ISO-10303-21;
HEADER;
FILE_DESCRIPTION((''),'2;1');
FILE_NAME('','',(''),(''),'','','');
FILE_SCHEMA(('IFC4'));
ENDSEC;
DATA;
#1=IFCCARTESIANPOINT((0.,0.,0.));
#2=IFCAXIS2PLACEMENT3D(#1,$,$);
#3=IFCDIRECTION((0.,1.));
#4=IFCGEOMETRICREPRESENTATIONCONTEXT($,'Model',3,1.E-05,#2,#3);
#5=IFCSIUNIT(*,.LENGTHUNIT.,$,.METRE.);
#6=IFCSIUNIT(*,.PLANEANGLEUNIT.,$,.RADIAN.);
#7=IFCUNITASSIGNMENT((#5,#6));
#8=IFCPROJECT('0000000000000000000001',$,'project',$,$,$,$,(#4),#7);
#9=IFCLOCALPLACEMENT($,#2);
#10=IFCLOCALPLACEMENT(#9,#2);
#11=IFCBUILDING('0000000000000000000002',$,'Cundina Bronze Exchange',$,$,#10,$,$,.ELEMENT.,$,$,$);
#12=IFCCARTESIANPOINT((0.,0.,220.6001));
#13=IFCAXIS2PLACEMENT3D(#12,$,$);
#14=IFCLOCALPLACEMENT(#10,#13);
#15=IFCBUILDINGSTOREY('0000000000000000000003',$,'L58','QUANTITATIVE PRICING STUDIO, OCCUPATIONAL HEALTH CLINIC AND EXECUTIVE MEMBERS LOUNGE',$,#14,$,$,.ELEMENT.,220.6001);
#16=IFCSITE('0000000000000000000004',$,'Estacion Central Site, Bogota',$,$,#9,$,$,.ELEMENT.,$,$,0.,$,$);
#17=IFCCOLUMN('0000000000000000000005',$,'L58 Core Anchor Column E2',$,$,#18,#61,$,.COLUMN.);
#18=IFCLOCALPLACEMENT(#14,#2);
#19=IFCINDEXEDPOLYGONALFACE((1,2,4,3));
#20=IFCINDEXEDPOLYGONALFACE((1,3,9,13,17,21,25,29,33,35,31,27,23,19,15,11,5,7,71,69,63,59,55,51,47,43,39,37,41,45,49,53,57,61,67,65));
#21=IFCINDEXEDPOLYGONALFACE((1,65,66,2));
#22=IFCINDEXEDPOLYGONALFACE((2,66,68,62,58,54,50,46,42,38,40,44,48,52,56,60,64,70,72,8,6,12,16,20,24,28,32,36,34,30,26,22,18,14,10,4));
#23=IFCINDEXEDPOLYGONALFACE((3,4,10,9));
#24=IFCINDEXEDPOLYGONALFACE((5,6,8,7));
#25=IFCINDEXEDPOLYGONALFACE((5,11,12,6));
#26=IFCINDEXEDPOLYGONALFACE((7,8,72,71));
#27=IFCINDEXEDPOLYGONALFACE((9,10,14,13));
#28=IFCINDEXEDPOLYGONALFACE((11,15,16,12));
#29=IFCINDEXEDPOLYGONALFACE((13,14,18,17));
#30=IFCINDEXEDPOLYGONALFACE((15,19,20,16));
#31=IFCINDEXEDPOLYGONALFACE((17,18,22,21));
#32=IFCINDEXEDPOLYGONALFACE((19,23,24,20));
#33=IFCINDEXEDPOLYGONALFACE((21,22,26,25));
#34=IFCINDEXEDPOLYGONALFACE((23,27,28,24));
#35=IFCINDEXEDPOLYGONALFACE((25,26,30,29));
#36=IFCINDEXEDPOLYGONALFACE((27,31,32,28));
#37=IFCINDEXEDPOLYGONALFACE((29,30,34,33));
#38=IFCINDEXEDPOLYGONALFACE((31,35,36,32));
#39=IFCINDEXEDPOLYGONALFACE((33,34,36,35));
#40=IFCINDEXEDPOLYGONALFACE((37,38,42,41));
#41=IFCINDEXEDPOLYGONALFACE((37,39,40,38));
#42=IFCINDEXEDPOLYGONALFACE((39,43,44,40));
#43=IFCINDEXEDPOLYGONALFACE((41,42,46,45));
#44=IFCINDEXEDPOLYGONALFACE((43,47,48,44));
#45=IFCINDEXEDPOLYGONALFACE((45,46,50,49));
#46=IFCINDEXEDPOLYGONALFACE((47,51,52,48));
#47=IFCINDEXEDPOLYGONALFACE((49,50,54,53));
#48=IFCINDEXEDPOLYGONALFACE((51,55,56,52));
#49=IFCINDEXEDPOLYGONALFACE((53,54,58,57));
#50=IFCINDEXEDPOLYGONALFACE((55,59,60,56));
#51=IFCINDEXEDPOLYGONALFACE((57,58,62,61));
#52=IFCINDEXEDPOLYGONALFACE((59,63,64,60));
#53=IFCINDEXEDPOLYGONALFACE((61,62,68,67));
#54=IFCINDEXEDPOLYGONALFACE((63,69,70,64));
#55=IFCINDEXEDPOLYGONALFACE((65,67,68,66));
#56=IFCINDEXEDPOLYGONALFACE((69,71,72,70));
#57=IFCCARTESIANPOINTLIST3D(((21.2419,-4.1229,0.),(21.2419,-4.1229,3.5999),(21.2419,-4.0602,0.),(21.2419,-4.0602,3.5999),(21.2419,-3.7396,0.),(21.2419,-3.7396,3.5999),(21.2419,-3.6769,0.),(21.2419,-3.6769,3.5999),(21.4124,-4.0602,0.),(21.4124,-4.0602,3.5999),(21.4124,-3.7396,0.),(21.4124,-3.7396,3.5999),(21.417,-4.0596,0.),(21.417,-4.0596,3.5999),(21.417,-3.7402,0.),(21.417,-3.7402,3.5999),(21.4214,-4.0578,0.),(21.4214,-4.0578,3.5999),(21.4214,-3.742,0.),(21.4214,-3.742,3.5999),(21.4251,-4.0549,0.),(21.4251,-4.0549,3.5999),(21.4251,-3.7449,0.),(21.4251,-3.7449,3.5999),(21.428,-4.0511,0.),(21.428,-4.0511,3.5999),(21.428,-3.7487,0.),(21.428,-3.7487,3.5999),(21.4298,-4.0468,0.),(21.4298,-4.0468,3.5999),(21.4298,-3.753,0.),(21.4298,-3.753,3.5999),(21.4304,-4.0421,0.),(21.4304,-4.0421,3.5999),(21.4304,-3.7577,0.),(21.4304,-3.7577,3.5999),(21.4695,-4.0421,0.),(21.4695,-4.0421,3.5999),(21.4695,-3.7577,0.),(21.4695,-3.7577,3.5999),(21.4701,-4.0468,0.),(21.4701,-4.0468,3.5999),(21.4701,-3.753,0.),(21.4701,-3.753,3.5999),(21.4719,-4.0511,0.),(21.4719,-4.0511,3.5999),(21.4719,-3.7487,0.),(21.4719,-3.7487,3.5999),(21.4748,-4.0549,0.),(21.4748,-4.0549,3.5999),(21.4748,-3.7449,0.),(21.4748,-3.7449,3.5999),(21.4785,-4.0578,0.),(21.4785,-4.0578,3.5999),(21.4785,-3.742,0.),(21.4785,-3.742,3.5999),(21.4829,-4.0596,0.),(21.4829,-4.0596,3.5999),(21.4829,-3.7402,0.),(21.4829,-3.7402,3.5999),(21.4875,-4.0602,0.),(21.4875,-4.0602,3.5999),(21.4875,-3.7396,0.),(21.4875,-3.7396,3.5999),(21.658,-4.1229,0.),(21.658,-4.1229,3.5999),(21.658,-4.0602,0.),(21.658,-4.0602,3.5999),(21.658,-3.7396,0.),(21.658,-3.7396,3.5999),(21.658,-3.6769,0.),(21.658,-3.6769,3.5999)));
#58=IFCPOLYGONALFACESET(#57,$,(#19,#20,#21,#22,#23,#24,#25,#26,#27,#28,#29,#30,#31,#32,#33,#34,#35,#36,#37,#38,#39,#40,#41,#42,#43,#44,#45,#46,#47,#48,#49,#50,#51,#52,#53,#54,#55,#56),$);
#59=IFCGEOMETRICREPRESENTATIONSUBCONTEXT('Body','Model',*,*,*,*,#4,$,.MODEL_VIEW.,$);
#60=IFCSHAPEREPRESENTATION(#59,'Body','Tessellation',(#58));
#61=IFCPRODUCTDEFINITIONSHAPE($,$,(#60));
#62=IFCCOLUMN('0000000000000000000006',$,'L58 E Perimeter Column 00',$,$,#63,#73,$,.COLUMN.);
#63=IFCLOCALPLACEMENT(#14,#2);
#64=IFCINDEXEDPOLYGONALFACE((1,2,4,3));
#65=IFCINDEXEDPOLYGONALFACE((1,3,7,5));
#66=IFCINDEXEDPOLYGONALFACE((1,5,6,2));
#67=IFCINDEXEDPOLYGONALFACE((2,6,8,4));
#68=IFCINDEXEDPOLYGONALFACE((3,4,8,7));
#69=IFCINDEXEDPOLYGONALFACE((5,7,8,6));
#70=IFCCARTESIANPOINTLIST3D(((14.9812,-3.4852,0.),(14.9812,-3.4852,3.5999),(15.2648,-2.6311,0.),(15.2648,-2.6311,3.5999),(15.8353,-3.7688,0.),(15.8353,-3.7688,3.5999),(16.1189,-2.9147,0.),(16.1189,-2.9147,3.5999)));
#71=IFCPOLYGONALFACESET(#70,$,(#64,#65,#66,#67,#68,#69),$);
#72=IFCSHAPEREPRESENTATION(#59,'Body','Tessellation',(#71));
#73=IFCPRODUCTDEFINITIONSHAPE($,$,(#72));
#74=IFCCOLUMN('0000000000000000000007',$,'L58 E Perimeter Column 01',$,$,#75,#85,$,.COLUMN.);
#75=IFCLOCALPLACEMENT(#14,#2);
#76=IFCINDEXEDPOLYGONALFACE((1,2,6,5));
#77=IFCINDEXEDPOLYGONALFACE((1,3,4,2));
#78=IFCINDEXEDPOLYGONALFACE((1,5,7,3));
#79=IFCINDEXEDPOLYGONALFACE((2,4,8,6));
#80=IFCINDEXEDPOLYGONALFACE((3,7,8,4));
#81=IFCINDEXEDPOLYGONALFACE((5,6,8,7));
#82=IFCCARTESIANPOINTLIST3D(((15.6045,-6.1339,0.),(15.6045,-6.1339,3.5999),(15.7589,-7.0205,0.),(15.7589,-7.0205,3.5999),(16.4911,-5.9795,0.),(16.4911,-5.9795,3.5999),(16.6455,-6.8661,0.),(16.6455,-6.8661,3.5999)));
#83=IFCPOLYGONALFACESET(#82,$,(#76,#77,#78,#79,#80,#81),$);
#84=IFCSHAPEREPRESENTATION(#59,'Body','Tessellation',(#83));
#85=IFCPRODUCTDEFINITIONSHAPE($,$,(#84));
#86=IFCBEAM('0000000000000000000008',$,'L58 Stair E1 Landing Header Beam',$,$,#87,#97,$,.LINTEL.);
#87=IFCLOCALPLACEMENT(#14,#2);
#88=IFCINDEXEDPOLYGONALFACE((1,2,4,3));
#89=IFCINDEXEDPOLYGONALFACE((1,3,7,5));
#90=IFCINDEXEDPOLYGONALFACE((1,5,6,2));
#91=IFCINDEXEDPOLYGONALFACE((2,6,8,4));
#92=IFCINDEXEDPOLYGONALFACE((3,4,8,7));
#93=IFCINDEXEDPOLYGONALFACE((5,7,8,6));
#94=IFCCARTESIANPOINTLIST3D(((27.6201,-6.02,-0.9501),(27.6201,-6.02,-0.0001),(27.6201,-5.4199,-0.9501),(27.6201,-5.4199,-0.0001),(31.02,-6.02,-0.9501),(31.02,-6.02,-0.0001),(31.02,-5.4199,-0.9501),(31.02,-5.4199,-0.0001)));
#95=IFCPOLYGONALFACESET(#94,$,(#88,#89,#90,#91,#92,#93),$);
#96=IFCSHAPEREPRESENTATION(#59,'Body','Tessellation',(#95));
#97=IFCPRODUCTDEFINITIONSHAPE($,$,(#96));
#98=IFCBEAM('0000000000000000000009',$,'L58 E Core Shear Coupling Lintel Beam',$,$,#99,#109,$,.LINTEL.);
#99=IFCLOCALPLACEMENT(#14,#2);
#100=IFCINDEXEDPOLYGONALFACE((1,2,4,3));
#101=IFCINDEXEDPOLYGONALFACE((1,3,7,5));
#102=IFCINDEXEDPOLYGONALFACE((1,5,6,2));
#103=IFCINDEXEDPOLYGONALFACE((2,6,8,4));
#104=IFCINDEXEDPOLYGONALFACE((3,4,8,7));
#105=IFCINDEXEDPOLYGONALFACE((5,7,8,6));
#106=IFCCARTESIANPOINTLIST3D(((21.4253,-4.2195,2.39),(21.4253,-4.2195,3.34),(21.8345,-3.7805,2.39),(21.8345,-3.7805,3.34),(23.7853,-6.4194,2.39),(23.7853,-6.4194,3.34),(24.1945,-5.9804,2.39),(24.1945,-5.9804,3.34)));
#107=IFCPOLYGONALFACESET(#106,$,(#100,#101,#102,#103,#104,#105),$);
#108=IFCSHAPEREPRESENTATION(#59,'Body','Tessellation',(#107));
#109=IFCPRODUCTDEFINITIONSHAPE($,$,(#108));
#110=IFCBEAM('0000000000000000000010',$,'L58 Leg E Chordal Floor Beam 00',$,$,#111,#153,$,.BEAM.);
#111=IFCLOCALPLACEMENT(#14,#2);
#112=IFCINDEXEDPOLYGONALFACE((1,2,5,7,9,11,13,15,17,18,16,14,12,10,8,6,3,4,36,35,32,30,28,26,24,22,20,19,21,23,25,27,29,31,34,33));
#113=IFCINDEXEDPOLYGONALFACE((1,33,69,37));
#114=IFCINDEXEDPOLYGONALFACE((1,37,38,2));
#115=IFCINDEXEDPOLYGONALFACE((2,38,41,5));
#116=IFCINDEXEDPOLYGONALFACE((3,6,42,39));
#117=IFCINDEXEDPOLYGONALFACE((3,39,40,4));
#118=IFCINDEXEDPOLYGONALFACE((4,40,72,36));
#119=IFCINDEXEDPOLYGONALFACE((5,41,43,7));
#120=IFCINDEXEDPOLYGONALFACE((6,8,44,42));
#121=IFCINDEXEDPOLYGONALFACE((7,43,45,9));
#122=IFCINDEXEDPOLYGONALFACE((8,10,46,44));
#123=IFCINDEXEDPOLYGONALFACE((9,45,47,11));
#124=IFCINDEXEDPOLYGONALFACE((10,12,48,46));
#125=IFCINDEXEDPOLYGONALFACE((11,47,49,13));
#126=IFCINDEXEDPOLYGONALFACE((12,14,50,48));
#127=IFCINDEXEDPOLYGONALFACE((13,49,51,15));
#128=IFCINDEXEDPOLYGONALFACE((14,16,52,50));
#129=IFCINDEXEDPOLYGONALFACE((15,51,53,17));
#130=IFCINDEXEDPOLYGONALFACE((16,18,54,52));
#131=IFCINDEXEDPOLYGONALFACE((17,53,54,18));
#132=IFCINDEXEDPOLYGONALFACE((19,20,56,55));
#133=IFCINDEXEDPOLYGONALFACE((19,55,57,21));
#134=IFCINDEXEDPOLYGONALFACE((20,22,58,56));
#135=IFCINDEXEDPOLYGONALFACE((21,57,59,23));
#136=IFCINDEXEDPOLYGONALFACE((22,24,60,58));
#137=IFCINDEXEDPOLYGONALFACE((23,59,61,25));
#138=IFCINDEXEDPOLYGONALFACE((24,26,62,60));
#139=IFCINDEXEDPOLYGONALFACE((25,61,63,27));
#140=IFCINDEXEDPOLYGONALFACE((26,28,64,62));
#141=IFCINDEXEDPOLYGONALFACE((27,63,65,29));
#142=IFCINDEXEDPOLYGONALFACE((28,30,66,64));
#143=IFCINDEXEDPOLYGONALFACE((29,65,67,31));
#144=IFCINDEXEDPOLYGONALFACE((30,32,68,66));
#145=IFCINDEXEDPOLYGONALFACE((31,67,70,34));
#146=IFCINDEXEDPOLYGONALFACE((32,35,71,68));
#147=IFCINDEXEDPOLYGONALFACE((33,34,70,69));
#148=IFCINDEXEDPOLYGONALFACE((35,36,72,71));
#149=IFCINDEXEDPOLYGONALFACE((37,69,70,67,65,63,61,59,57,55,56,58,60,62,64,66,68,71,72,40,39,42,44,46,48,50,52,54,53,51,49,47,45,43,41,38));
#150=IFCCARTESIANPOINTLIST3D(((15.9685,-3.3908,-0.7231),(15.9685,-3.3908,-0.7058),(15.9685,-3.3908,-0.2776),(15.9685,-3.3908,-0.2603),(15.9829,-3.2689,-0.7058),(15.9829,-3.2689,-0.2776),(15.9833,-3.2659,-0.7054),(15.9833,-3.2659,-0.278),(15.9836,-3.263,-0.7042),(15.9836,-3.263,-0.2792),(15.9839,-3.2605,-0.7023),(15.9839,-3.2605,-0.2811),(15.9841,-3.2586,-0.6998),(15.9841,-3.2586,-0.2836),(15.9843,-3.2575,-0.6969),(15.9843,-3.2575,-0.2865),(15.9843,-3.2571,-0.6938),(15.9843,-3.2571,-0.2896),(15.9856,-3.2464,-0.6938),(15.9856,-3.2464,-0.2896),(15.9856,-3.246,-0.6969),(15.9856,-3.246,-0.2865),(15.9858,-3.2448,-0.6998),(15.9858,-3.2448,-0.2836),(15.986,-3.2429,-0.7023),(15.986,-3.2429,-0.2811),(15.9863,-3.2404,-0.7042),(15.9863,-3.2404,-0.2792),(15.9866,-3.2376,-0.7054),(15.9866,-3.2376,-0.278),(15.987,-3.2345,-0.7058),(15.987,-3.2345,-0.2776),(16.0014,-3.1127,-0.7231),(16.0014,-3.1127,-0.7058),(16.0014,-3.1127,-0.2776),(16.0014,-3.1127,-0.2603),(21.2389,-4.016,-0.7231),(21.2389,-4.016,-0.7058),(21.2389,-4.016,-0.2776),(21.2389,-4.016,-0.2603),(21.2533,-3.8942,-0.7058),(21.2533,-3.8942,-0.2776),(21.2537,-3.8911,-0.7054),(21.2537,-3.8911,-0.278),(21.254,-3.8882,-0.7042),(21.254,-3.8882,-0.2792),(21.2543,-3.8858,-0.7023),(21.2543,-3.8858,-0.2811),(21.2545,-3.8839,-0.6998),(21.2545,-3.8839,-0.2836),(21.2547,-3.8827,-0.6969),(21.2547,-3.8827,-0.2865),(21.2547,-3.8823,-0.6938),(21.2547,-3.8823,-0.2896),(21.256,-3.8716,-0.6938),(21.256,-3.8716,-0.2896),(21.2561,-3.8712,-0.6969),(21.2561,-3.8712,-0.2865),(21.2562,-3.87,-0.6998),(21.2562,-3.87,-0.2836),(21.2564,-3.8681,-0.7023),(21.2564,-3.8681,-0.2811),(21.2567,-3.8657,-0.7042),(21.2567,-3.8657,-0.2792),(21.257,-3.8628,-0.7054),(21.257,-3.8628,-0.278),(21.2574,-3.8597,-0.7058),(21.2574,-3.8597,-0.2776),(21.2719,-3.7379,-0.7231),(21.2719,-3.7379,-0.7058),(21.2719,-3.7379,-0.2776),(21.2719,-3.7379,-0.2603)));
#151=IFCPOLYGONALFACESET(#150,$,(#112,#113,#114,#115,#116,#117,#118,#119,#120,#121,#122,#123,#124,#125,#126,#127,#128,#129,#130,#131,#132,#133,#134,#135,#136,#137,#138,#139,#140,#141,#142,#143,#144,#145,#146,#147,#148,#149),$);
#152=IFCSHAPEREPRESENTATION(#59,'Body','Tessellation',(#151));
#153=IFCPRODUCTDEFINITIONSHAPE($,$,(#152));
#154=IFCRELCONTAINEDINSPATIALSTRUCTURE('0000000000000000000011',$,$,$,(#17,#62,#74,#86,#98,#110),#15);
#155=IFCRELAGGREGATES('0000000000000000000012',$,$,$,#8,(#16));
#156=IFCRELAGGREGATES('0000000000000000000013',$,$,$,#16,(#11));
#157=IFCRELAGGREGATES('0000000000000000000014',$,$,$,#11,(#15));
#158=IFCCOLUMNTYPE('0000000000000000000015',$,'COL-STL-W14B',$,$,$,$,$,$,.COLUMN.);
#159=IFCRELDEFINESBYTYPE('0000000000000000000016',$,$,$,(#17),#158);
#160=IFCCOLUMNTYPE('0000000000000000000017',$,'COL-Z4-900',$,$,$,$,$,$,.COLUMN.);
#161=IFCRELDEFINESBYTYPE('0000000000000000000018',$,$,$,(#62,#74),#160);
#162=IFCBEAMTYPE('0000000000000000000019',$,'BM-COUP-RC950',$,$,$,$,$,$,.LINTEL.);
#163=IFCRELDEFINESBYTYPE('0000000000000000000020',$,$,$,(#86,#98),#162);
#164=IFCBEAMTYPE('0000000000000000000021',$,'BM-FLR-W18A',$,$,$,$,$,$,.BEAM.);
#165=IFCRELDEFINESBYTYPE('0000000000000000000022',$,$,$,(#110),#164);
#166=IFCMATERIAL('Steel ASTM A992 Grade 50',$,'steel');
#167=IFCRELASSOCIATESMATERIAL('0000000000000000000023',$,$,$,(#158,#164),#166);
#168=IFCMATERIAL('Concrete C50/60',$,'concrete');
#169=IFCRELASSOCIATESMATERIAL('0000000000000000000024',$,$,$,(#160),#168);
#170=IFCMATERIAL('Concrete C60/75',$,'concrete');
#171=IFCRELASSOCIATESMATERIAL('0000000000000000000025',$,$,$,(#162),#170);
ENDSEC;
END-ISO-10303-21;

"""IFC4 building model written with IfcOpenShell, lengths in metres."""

from ifc_helpers import new_model, si_unit, direction, frame, origin, origin_2d, place, context, subcontext, project, spatial, rectangle, i_section, extrude, material, material_profile, profile_set, type_object, element, save


model = new_model("IFC4")

# Units and contexts
model_context = context("Model", 3, precision=1e-05, world=origin(), true_north=direction((0.0, 1.0)))
body_context = subcontext(model_context, "Body", "Model", "MODEL_VIEW")
ifc_project = project(units=[si_unit("LENGTHUNIT", "METRE"), si_unit("PLANEANGLEUNIT", "RADIAN")], contexts=[model_context])

# Site, building, storey
site_placement = place(None, origin())
site = spatial("IfcSite", under=ifc_project, at=site_placement, Name="Estacion Central Site, Bogota", CompositionType="ELEMENT", RefElevation=0.0)
building_placement = place(site_placement, origin())
building = spatial("IfcBuilding", under=site, at=building_placement, Name="Cundina Bronze Exchange", CompositionType="ELEMENT")
storey_placement = place(building_placement, frame((0.0, 0.0, 220.6001)))
storey = spatial("IfcBuildingStorey", under=building, at=storey_placement, Name="L58", Description="QUANTITATIVE PRICING STUDIO, OCCUPATIONAL HEALTH CLINIC AND EXECUTIVE MEMBERS LOUNGE", CompositionType="ELEMENT", Elevation=220.6001)

# Columns
ifc_material_1 = material(Name="Steel ASTM A992 Grade 50", Category="steel")
ifc_material_profile_1 = material_profile(ifc_material_1, i_section(OverallWidth=0.416, OverallDepth=0.446, WebThickness=0.0391, FlangeThickness=0.0627, FilletRadius=0.0181, at=origin_2d()), Name="W14X342", Category="steel")
ifc_profile_set_1 = profile_set([ifc_material_profile_1], Name="Steel ASTM A992 Grade 50")
column_type_1 = type_object("IfcColumnType", Name="COL-STL-W14B", PredefinedType="COLUMN", material=ifc_profile_set_1)
column_placement = place(storey_placement, frame((21.45, -3.8999, 0.0), z_axis=(0.0, 0.0, 1.0), x_axis=(1.0, 0.0, 0.0)))
element("IfcColumn", 1, at=column_placement, inside=storey, type_object=column_type_1, Name="L58 Core Anchor Column E2", PredefinedType="COLUMN", context=body_context, shape_type="SweptSolid", body=[
    extrude(i_section(OverallWidth=0.416, OverallDepth=0.446, WebThickness=0.0391, FlangeThickness=0.0627, FilletRadius=0.0181, at=origin_2d()), origin(), (0.0, 0.0, 1.0), 3.5999),
])
ifc_material_2 = material(Name="Concrete C50/60", Category="concrete")
ifc_material_profile_2 = material_profile(ifc_material_2, rectangle(XDim=0.8999, YDim=0.8999, at=origin_2d()), Name="RC900X900", Category="concrete")
ifc_profile_set_2 = profile_set([ifc_material_profile_2], Name="Concrete C50/60")
column_type_2 = type_object("IfcColumnType", Name="COL-Z4-900", PredefinedType="COLUMN", material=ifc_profile_set_2)
for number, where, z_axis, x_axis, name in (
    (2, (15.55, -3.2, 0.0), (0.0, 0.0, 1.0), (-0.315152, -0.949041, 0.0), "L58 E Perimeter Column 00"),
    (3, (16.125, -6.5, 0.0), (0.0, 0.0, 1.0), (0.171585, -0.985169, 0.0), "L58 E Perimeter Column 01"),
):
    element("IfcColumn", number, at=place(storey_placement, frame(where, z_axis=z_axis, x_axis=x_axis)), inside=storey, type_object=column_type_2, Name=name, PredefinedType="COLUMN", context=body_context, shape_type="SweptSolid", body=[
        extrude(rectangle(XDim=0.8999, YDim=0.8999, at=origin_2d()), origin(), (0.0, 0.0, 1.0), 3.5999),
    ])

# Beams
ifc_material_3 = material(Name="Concrete C60/75", Category="concrete")
ifc_material_profile_3 = material_profile(ifc_material_3, rectangle(XDim=0.6001, YDim=0.95, at=origin_2d()), Name="RC600X950", Category="concrete")
ifc_profile_set_3 = profile_set([ifc_material_profile_3], Name="Concrete C60/75")
beam_type_1 = type_object("IfcBeamType", Name="BM-COUP-RC950", PredefinedType="LINTEL", material=ifc_profile_set_3)
beam_1_placement = place(storey_placement, frame((27.6201, -5.72, -0.4751), z_axis=(1.0, 0.0, 0.0), x_axis=(0.0, 1.0, 0.0)))
element("IfcBeam", 4, at=beam_1_placement, inside=storey, type_object=beam_type_1, Name="L58 Stair E1 Landing Header Beam", PredefinedType="LINTEL", context=body_context, shape_type="SweptSolid", body=[
    extrude(rectangle(XDim=0.6001, YDim=0.95, at=origin_2d()), origin(), (0.0, 0.0, 1.0), 3.3999),
])
beam_2_placement = place(storey_placement, frame((21.6299, -4.0, 2.865), z_axis=(0.73149, -0.681852, 0.0), x_axis=(0.681852, 0.73149, 0.0)))
element("IfcBeam", 5, at=beam_2_placement, inside=storey, type_object=beam_type_1, Name="L58 E Core Shear Coupling Lintel Beam", PredefinedType="LINTEL", context=body_context, shape_type="SweptSolid", body=[
    extrude(rectangle(XDim=0.6001, YDim=0.95, at=origin_2d()), origin(), (0.0, 0.0, 1.0), 3.2263),
])
ifc_material_profile_4 = material_profile(ifc_material_1, i_section(OverallWidth=0.28, OverallDepth=0.4629, WebThickness=0.0107, FlangeThickness=0.0173, FilletRadius=0.012, at=origin_2d()), Name="W18X76", Category="steel")
ifc_profile_set_4 = profile_set([ifc_material_profile_4], Name="Steel ASTM A992 Grade 50")
beam_type_2 = type_object("IfcBeamType", Name="BM-FLR-W18A", PredefinedType="BEAM", material=ifc_profile_set_4)
beam_3_placement = place(storey_placement, frame((21.2554, -3.877, -0.4917), z_axis=(-0.993037, 0.117805, 0.0), x_axis=(-0.117805, -0.993037, 0.0)))
element("IfcBeam", 6, at=beam_3_placement, inside=storey, type_object=beam_type_2, Name="L58 Leg E Chordal Floor Beam 00", PredefinedType="BEAM", context=body_context, shape_type="SweptSolid", body=[
    extrude(i_section(OverallWidth=0.28, OverallDepth=0.4629, WebThickness=0.0107, FlangeThickness=0.0173, FilletRadius=0.012, at=origin_2d()), origin(), (0.0, 0.0, 1.0), 5.3074),
])

save(model, "model.ifc")
